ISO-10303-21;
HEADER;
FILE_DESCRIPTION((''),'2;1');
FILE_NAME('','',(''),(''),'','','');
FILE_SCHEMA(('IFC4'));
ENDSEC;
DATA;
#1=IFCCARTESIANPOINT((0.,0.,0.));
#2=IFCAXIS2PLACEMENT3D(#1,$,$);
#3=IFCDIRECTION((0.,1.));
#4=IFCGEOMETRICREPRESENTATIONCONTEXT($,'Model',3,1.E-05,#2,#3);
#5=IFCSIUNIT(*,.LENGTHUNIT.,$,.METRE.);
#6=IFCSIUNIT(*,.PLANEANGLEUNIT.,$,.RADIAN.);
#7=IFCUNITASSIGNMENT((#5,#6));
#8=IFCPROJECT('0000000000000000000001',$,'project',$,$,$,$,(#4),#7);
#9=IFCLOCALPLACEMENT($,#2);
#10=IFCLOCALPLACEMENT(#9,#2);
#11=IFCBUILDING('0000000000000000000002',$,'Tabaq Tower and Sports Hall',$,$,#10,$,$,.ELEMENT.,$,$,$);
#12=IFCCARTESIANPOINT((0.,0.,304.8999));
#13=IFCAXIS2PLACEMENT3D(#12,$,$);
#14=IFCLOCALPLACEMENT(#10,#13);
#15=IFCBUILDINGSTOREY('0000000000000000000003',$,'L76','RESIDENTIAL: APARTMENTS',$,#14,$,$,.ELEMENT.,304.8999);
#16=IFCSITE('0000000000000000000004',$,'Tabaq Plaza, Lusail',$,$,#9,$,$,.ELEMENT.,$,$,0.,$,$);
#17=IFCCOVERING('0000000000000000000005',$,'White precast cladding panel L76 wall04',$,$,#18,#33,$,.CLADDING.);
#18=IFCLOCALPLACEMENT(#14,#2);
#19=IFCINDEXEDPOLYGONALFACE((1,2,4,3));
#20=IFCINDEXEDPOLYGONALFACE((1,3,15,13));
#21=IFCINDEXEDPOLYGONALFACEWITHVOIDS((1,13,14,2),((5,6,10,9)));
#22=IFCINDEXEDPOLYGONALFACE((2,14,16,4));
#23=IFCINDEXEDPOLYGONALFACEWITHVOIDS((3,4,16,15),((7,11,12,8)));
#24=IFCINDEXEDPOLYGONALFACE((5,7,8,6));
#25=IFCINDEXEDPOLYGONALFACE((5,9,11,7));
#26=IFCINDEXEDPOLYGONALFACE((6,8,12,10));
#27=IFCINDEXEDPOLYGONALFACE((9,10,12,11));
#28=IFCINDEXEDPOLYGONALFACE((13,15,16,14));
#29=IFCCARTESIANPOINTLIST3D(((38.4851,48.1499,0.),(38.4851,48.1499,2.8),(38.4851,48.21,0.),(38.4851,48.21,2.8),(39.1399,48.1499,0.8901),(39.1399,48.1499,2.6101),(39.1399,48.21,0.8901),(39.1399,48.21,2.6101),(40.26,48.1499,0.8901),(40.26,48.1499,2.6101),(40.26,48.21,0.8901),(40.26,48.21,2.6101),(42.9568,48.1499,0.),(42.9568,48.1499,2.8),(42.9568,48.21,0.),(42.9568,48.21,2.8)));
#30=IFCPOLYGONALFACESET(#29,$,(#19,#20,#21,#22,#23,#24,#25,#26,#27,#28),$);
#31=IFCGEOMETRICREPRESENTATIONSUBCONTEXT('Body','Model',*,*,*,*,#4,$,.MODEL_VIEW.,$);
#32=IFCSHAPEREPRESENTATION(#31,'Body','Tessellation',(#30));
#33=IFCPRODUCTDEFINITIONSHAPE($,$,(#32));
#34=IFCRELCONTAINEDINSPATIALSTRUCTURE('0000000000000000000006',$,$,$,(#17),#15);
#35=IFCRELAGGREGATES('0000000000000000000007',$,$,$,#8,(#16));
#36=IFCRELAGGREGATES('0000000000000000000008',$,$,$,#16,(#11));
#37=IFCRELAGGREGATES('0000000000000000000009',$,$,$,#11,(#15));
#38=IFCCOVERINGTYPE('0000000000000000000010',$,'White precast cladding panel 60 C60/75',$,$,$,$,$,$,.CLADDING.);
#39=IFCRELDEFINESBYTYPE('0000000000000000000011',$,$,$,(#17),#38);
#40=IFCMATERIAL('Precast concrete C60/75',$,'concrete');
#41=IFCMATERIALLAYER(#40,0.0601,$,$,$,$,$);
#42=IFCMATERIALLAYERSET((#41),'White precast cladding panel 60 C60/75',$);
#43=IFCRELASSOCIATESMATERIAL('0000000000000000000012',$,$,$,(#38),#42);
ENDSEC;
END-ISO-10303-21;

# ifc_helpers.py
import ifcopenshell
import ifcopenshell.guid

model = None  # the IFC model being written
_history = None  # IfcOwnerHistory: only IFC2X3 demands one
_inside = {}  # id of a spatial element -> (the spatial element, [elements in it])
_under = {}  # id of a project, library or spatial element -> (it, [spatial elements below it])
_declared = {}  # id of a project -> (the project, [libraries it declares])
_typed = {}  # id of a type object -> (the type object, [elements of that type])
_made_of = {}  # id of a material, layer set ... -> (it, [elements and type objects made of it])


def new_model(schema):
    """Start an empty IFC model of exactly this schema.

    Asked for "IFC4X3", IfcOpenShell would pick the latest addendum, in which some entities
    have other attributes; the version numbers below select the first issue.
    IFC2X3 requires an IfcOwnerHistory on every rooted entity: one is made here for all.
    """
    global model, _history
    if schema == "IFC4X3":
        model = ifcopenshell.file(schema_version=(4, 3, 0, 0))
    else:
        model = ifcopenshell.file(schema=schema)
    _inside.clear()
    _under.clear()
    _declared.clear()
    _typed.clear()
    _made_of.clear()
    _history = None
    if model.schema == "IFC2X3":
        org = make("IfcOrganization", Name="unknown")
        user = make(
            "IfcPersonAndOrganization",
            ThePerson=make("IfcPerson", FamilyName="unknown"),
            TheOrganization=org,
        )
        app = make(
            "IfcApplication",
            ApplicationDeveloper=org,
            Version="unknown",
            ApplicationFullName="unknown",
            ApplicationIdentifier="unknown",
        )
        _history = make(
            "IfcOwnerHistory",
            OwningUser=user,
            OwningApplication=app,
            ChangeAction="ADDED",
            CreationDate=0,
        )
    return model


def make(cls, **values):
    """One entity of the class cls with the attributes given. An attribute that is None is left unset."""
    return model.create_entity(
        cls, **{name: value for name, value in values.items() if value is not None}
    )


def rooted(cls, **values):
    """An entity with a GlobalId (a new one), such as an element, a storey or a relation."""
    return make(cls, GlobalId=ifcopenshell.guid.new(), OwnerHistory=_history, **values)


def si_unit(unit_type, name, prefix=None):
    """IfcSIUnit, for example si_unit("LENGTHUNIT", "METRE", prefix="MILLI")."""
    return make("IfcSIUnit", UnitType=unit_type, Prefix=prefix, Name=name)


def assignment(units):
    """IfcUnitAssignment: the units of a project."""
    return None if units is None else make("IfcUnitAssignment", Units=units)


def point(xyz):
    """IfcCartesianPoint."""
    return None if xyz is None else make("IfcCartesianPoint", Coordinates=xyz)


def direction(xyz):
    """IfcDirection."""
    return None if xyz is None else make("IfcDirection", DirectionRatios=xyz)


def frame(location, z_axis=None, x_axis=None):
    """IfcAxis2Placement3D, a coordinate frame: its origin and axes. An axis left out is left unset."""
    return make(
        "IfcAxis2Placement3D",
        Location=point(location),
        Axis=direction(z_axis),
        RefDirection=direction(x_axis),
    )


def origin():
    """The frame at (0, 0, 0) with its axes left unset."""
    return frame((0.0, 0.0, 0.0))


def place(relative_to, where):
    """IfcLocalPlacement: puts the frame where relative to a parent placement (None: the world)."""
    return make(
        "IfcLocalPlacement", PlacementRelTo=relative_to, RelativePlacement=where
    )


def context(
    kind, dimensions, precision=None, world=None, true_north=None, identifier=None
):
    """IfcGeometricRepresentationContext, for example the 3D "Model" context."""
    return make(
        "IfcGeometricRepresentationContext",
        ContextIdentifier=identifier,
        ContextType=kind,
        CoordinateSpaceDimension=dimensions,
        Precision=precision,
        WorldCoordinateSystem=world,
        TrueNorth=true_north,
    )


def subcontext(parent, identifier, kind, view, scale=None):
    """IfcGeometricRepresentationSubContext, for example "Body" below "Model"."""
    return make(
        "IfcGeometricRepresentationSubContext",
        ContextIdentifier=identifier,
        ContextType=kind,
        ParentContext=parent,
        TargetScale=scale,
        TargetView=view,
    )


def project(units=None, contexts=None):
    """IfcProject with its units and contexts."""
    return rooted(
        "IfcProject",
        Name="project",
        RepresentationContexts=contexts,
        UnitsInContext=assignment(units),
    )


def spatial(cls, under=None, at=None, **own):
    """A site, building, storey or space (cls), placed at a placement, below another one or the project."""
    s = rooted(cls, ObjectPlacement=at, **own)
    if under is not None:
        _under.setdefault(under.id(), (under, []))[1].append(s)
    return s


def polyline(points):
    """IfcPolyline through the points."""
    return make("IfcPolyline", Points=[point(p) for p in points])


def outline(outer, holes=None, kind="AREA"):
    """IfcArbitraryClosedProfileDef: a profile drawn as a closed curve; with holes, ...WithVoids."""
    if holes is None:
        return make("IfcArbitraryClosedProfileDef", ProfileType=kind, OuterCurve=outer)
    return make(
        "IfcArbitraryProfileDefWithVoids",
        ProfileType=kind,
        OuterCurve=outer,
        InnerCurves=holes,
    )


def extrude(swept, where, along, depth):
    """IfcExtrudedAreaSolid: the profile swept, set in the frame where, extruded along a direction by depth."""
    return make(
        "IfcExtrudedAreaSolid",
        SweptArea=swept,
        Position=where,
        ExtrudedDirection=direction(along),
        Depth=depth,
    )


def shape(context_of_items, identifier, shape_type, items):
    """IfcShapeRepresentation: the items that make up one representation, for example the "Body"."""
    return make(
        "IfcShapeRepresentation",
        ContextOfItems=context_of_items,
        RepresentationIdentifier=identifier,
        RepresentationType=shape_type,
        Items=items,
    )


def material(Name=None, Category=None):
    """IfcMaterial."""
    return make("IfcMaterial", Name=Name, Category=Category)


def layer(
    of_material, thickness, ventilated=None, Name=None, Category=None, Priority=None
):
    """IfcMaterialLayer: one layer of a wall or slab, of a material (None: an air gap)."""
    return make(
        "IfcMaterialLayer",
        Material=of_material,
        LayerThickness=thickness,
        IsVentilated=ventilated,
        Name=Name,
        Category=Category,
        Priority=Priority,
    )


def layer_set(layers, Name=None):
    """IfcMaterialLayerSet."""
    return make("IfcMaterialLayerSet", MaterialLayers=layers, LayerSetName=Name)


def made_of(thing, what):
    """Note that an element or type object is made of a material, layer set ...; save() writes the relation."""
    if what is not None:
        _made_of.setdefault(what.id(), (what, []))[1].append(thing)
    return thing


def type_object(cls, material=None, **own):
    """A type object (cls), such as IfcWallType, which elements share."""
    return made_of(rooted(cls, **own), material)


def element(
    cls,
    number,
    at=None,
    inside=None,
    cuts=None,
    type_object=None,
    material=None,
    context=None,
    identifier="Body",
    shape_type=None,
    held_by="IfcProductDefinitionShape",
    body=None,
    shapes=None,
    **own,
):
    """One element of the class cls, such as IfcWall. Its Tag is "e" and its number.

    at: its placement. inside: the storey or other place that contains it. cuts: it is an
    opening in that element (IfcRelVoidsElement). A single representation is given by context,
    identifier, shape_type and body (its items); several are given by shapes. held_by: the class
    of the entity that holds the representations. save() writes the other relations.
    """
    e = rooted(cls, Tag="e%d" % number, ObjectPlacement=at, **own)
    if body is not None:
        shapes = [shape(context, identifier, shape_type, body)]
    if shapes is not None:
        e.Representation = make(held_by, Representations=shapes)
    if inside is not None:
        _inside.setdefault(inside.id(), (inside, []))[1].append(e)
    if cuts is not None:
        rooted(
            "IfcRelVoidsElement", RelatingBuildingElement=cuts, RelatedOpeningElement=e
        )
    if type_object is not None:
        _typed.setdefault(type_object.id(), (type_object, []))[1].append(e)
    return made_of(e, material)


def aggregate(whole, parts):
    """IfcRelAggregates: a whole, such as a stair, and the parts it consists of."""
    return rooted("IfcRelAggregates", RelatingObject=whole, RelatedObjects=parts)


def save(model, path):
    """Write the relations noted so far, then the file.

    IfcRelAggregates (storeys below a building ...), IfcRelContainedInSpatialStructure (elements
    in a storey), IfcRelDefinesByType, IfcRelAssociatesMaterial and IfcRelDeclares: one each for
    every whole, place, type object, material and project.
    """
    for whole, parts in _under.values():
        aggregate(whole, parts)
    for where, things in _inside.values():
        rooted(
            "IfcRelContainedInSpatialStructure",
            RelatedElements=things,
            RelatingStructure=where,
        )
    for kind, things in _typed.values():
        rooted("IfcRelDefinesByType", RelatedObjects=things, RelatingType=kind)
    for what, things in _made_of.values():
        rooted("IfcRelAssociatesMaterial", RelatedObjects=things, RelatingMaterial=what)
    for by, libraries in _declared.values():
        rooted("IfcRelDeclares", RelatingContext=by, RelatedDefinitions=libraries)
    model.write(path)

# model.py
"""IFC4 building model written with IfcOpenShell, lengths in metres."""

from ifc_helpers import new_model, si_unit, direction, frame, origin, place, context, subcontext, project, spatial, polyline, outline, extrude, material, layer, layer_set, type_object, element, save


model = new_model("IFC4")

# Units and contexts
model_context = context("Model", 3, precision=1e-05, world=origin(), true_north=direction((0.0, 1.0)))
body_context = subcontext(model_context, "Body", "Model", "MODEL_VIEW")
ifc_project = project(units=[si_unit("LENGTHUNIT", "METRE"), si_unit("PLANEANGLEUNIT", "RADIAN")], contexts=[model_context])

# Site, building, storey
site_placement = place(None, origin())
site = spatial("IfcSite", under=ifc_project, at=site_placement, Name="Tabaq Plaza, Lusail", CompositionType="ELEMENT", RefElevation=0.0)
building_placement = place(site_placement, origin())
building = spatial("IfcBuilding", under=site, at=building_placement, Name="Tabaq Tower and Sports Hall", CompositionType="ELEMENT")
storey_placement = place(building_placement, frame((0.0, 0.0, 304.8999)))
storey = spatial("IfcBuildingStorey", under=building, at=storey_placement, Name="L76", Description="RESIDENTIAL: APARTMENTS", CompositionType="ELEMENT", Elevation=304.8999)

# Covering
ifc_material_1 = material(Name="Precast concrete C60/75", Category="concrete")
ifc_layer_1 = layer(ifc_material_1, 0.0601)
ifc_layer_set_1 = layer_set([ifc_layer_1], Name="White precast cladding panel 60 C60/75")
covering_type_1 = type_object("IfcCoveringType", Name="White precast cladding panel 60 C60/75", PredefinedType="CLADDING", material=ifc_layer_set_1)
covering_1_placement = place(storey_placement, frame((42.9568, 48.1799, 0.0), z_axis=(0.0, 0.0, 1.0), x_axis=(-1.0, 0.0, 0.0)))
element("IfcCovering", 1, at=covering_1_placement, inside=storey, type_object=covering_type_1, Name="White precast cladding panel L76 wall04", PredefinedType="CLADDING", context=body_context, shape_type="SweptSolid", body=[
    extrude(outline(polyline([(0.0, 0.0), (4.4717, 0.0), (4.4717, 2.8), (0.0, 2.8), (0.0, 0.0)]), holes=[polyline([(2.6968, 0.8901), (2.6968, 2.6101), (3.8169, 2.6101), (3.8169, 0.8901), (2.6968, 0.8901)])]), frame((0.0, 0.03, 0.0), z_axis=(0.0, -1.0, 0.0), x_axis=(1.0, 0.0, 0.0)), (0.0, 0.0, 1.0), 0.0601),
])

save(model, "model.ifc")
